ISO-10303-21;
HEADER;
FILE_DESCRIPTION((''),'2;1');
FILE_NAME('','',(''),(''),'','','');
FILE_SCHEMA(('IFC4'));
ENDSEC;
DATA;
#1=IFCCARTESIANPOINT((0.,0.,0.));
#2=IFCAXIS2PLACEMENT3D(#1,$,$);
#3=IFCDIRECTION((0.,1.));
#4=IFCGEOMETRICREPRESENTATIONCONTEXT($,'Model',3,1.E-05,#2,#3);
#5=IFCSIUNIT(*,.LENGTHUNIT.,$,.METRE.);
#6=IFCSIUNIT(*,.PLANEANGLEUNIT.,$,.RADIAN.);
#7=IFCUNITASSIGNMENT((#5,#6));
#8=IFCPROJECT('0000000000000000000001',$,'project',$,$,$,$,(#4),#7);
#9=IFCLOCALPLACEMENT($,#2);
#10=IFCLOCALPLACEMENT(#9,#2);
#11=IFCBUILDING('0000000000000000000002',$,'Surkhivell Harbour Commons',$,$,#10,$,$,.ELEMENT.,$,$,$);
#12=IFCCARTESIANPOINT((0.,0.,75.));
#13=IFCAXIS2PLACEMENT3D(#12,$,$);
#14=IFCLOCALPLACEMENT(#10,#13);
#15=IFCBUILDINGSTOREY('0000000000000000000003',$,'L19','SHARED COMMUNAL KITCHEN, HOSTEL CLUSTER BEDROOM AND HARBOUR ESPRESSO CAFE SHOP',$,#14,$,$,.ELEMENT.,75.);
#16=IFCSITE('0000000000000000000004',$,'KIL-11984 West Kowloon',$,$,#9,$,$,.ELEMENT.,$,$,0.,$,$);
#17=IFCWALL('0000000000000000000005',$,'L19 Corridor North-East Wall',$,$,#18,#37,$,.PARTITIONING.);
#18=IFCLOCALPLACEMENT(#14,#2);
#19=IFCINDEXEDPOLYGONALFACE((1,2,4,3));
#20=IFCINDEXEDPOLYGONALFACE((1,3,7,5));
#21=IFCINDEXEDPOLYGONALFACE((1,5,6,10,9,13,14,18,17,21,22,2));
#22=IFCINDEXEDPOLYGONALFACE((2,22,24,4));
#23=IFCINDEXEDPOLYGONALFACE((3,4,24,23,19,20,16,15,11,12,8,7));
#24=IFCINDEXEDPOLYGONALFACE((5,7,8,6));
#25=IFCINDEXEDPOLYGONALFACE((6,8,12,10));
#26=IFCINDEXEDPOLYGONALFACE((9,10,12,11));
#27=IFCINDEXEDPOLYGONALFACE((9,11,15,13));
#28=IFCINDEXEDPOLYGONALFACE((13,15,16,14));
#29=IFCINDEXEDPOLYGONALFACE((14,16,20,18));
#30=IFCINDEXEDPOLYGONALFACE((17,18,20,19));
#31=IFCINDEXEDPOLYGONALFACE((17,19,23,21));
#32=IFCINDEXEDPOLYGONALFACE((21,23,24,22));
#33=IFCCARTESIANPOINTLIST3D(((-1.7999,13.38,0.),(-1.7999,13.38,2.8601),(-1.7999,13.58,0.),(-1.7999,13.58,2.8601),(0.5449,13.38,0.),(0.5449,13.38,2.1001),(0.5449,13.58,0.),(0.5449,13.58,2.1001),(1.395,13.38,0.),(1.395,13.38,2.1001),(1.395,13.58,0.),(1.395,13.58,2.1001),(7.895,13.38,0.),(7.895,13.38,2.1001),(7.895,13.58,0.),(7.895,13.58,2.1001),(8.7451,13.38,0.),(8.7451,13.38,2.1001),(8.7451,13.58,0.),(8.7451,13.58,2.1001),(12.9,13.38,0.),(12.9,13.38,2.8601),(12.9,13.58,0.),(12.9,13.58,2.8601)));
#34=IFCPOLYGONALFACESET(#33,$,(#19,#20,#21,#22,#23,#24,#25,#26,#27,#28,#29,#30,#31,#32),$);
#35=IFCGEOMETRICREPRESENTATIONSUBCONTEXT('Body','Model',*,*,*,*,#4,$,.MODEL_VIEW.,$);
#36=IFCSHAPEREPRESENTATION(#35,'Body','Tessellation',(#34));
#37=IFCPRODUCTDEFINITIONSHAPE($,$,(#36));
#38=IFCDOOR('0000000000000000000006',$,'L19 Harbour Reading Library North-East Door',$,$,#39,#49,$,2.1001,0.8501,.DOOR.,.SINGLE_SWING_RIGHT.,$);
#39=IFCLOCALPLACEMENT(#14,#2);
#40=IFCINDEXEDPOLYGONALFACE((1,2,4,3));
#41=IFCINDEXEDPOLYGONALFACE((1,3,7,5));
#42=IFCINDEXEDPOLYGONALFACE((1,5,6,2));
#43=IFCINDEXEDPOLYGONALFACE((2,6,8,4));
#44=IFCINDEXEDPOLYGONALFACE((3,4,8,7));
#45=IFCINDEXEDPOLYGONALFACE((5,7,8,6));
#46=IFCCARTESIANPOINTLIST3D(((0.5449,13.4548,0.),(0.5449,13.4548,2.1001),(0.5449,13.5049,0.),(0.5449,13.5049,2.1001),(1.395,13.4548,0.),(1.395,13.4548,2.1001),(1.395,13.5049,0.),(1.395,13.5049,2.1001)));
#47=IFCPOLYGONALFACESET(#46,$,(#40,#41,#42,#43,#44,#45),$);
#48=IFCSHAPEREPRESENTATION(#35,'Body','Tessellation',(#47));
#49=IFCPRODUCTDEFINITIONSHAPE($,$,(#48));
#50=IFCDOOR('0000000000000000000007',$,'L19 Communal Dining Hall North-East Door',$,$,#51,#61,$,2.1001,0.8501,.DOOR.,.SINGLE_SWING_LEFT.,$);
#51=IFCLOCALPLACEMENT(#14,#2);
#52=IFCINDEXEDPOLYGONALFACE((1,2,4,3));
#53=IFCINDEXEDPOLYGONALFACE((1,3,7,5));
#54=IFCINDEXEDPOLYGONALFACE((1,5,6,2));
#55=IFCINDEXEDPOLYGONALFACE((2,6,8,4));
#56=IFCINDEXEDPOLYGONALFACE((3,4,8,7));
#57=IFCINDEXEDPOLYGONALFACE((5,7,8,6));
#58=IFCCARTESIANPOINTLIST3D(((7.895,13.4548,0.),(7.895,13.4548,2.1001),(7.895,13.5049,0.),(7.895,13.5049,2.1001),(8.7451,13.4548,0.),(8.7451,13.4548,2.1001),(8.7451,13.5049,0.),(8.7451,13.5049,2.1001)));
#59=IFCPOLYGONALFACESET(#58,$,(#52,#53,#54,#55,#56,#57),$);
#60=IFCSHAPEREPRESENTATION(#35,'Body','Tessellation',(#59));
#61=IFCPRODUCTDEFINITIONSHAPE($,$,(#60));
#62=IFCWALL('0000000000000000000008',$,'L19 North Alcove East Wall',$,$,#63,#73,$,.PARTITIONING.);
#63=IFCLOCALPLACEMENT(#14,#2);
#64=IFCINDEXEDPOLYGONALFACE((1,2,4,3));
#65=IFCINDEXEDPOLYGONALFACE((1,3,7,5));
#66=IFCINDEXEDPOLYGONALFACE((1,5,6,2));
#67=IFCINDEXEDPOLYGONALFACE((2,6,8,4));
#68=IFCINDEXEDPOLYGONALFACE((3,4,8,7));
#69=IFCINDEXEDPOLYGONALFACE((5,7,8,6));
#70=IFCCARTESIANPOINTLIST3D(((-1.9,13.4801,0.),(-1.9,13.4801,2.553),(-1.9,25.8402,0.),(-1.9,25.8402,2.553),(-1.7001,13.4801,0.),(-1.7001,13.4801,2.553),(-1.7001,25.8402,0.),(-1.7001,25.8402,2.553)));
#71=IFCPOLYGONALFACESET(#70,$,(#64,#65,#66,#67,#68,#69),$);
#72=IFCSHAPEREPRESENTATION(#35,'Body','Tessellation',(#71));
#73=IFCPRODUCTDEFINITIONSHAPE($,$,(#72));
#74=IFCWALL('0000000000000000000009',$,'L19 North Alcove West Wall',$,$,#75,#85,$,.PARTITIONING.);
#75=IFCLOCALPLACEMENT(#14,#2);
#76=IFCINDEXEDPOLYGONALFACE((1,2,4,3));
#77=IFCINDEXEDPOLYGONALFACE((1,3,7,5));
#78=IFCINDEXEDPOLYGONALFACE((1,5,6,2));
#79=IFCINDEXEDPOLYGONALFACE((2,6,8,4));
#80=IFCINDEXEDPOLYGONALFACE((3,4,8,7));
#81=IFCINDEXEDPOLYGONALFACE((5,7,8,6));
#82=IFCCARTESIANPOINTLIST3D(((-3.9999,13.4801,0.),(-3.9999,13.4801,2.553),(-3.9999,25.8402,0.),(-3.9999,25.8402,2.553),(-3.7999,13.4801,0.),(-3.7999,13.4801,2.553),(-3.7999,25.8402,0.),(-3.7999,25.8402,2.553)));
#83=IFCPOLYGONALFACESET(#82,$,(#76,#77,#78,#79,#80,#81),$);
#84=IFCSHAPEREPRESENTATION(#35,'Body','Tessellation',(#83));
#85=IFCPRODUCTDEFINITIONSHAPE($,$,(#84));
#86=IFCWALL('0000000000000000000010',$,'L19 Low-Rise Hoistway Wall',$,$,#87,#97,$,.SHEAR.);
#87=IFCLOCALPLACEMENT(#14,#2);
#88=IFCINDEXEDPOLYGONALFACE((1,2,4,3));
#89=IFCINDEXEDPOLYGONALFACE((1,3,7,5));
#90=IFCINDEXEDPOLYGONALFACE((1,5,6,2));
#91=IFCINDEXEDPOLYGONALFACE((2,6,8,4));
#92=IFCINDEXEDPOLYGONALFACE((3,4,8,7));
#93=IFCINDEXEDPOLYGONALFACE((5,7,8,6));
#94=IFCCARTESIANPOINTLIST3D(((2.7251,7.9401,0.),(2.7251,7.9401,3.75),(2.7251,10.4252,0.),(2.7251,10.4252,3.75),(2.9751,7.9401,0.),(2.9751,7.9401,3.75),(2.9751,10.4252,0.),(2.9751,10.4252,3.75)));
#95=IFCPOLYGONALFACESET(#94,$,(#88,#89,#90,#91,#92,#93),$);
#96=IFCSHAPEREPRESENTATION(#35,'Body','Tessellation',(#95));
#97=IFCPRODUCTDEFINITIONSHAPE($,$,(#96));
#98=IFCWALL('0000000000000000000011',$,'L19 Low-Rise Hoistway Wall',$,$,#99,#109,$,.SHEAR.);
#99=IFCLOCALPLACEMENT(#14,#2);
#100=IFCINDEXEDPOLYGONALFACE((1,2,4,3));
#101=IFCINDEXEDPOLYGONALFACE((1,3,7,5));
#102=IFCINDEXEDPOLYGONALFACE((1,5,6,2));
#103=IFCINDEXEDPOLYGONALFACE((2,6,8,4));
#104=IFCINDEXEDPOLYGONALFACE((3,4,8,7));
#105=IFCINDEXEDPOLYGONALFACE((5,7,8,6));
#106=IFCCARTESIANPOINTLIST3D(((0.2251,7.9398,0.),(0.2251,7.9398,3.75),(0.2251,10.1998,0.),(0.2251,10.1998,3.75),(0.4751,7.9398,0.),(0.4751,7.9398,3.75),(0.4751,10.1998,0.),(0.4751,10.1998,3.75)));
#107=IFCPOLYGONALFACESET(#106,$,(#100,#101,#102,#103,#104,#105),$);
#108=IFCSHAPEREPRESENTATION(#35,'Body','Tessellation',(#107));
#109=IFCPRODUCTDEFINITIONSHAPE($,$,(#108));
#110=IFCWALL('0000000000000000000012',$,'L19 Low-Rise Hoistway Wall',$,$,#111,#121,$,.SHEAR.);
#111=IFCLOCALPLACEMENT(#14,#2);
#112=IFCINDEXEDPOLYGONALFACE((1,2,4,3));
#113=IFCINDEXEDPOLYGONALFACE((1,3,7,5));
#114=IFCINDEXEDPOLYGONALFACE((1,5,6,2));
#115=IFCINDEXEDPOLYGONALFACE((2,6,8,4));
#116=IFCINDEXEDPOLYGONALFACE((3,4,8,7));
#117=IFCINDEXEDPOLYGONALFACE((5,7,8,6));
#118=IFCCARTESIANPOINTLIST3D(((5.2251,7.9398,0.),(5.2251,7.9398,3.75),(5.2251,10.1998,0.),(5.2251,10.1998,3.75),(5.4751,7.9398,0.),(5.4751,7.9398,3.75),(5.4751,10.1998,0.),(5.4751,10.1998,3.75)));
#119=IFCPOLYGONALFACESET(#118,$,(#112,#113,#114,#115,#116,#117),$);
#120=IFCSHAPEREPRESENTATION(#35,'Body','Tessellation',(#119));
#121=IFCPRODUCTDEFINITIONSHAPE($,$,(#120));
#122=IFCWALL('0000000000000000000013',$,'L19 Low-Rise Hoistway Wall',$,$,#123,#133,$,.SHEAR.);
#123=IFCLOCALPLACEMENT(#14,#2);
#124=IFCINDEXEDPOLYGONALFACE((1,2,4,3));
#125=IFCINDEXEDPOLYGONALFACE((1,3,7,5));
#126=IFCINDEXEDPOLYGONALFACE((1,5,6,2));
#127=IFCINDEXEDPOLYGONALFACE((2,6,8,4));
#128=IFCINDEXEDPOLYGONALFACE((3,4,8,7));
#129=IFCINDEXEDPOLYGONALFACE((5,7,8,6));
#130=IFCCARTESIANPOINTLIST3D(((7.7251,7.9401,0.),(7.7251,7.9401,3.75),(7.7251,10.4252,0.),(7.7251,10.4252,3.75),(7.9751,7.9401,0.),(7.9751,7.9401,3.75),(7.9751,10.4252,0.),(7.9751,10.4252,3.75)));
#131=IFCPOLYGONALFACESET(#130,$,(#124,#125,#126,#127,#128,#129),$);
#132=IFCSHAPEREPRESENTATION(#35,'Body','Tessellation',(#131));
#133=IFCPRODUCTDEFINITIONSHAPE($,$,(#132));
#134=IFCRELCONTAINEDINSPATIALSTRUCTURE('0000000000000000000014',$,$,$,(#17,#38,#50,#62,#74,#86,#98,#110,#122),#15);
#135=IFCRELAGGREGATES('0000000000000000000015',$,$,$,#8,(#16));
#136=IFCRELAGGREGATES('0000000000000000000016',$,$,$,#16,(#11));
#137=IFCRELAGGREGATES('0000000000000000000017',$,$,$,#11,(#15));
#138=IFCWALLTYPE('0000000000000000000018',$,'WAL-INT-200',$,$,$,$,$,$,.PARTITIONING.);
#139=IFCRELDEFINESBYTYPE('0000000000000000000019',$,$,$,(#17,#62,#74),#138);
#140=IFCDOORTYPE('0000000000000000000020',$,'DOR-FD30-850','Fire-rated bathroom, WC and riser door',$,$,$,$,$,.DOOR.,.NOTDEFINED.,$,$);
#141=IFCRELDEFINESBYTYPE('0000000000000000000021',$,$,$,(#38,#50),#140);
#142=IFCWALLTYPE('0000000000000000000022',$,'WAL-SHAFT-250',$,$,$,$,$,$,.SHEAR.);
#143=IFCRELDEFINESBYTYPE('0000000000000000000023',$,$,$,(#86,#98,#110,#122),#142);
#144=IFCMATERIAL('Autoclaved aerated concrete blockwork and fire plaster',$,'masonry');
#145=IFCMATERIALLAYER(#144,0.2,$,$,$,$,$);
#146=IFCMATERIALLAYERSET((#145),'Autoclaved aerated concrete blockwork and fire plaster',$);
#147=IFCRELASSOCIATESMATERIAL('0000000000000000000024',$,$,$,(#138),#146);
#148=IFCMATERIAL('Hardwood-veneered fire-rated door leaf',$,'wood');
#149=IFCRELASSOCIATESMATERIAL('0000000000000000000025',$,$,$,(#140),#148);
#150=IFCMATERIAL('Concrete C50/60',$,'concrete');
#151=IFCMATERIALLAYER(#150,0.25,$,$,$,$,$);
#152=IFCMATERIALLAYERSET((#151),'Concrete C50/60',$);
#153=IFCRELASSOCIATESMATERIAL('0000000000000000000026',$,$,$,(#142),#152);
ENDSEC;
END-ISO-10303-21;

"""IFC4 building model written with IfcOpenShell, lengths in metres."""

from ifc_helpers import new_model, si_unit, direction, frame, frame_2d, origin, place, context, subcontext, project, spatial, rectangle, extrude, material, layer, layer_set, type_object, element, fill, save


model = new_model("IFC4")

# Units and contexts
model_context = context("Model", 3, precision=1e-05, world=origin(), true_north=direction((0.0, 1.0)))
body_context = subcontext(model_context, "Body", "Model", "MODEL_VIEW")
ifc_project = project(units=[si_unit("LENGTHUNIT", "METRE"), si_unit("PLANEANGLEUNIT", "RADIAN")], contexts=[model_context])

# Site, building, storey
site_placement = place(None, origin())
site = spatial("IfcSite", under=ifc_project, at=site_placement, Name="KIL-11984 West Kowloon", CompositionType="ELEMENT", RefElevation=0.0)
building_placement = place(site_placement, origin())
building = spatial("IfcBuilding", under=site, at=building_placement, Name="Surkhivell Harbour Commons", CompositionType="ELEMENT")
storey_placement = place(building_placement, frame((0.0, 0.0, 75.0)))
storey = spatial("IfcBuildingStorey", under=building, at=storey_placement, Name="L19", Description="SHARED COMMUNAL KITCHEN, HOSTEL CLUSTER BEDROOM AND HARBOUR ESPRESSO CAFE SHOP", CompositionType="ELEMENT", Elevation=75.0)

# Wall, openings, doors
ifc_material_1 = material(Name="Autoclaved aerated concrete blockwork and fire plaster", Category="masonry")
ifc_layer_1 = layer(ifc_material_1, 0.2)
ifc_layer_set_1 = layer_set([ifc_layer_1], Name="Autoclaved aerated concrete blockwork and fire plaster")
wall_type_1 = type_object("IfcWallType", Name="WAL-INT-200", PredefinedType="PARTITIONING", material=ifc_layer_set_1)
wall_1_placement = place(storey_placement, frame((-1.8, 13.48, 0.0), z_axis=(0.0, 0.0, 1.0), x_axis=(1.0, 0.0, 0.0)))
wall_1 = element("IfcWall", 1, at=wall_1_placement, inside=storey, type_object=wall_type_1, Name="L19 Corridor North-East Wall", PredefinedType="PARTITIONING", context=body_context, shape_type="SweptSolid", body=[
    extrude(rectangle(XDim=14.7, YDim=0.2, at=frame_2d((7.3501, 0.0))), origin(), (0.0, 0.0, 1.0), 2.8601),
])
opening_1_placement = place(wall_1_placement, frame((2.345, 0.0, 0.0)))
opening_1 = element("IfcOpeningElement", 2, at=opening_1_placement, cuts=wall_1, PredefinedType="OPENING", context=body_context, shape_type="SweptSolid", body=[
    extrude(rectangle(XDim=0.8501, YDim=2.1001, at=frame_2d((0.425, 1.05))), frame((0.0, 0.1099, 0.0), z_axis=(0.0, -1.0, 0.0), x_axis=(1.0, 0.0, 0.0)), (0.0, 0.0, 1.0), 0.22),
])
opening_2_placement = place(wall_1_placement, frame((9.6951, 0.0, 0.0)))
opening_2 = element("IfcOpeningElement", 3, at=opening_2_placement, cuts=wall_1, PredefinedType="OPENING", context=body_context, shape_type="SweptSolid", body=[
    extrude(rectangle(XDim=0.8501, YDim=2.1001, at=frame_2d((0.425, 1.05))), frame((0.0, 0.1099, 0.0), z_axis=(0.0, -1.0, 0.0), x_axis=(1.0, 0.0, 0.0)), (0.0, 0.0, 1.0), 0.22),
])
ifc_material_2 = material(Name="Hardwood-veneered fire-rated door leaf", Category="wood")
door_type_1 = type_object("IfcDoorType", Name="DOR-FD30-850", Description="Fire-rated bathroom, WC and riser door", OperationType="NOTDEFINED", PredefinedType="DOOR", material=ifc_material_2)
door_1_placement = place(opening_1_placement, origin())
door_1 = element("IfcDoor", 4, at=door_1_placement, inside=storey, type_object=door_type_1, Name="L19 Harbour Reading Library North-East Door", OperationType="SINGLE_SWING_RIGHT", OverallHeight=2.1001, OverallWidth=0.8501, PredefinedType="DOOR", context=body_context, shape_type="SweptSolid", body=[
    extrude(rectangle(XDim=0.8501, YDim=2.1001, at=frame_2d((0.425, 1.05))), frame((0.0, 0.0249, 0.0), z_axis=(0.0, -1.0, 0.0), x_axis=(1.0, 0.0, 0.0)), (0.0, 0.0, 1.0), 0.05),
])
fill(opening_1, door_1)
door_2_placement = place(opening_2_placement, origin())
door_2 = element("IfcDoor", 5, at=door_2_placement, inside=storey, type_object=door_type_1, Name="L19 Communal Dining Hall North-East Door", OperationType="SINGLE_SWING_LEFT", OverallHeight=2.1001, OverallWidth=0.8501, PredefinedType="DOOR", context=body_context, shape_type="SweptSolid", body=[
    extrude(rectangle(XDim=0.8501, YDim=2.1001, at=frame_2d((0.425, 1.05))), frame((0.0, 0.0249, 0.0), z_axis=(0.0, -1.0, 0.0), x_axis=(1.0, 0.0, 0.0)), (0.0, 0.0, 1.0), 0.05),
])
fill(opening_2, door_2)

# Walls
for number, where, z_axis, x_axis, name in (
    (6, (-1.8, 13.48, 0.0), (0.0, 0.0, 1.0), (0.0, 1.0, 0.0), "L19 North Alcove East Wall"),
    (7, (-3.8999, 13.48, 0.0), (0.0, 0.0, 1.0), (0.0, 1.0, 0.0), "L19 North Alcove West Wall"),
):
    element("IfcWall", number, at=place(storey_placement, frame(where, z_axis=z_axis, x_axis=x_axis)), inside=storey, type_object=wall_type_1, Name=name, PredefinedType="PARTITIONING", context=body_context, shape_type="SweptSolid", body=[
        extrude(rectangle(XDim=12.3601, YDim=0.2, at=frame_2d((6.1802, 0.0))), origin(), (0.0, 0.0, 1.0), 2.553),
    ])
ifc_material_3 = material(Name="Concrete C50/60", Category="concrete")
ifc_layer_2 = layer(ifc_material_3, 0.25)
ifc_layer_set_2 = layer_set([ifc_layer_2], Name="Concrete C50/60")
wall_type_2 = type_object("IfcWallType", Name="WAL-SHAFT-250", PredefinedType="SHEAR", material=ifc_layer_set_2)
wall_2_placement = place(storey_placement, frame((2.8501, 7.9399, 0.0), z_axis=(0.0, 0.0, 1.0), x_axis=(0.0, 1.0, 0.0)))
element("IfcWall", 8, at=wall_2_placement, inside=storey, type_object=wall_type_2, Name="L19 Low-Rise Hoistway Wall", PredefinedType="SHEAR", context=body_context, shape_type="SweptSolid", body=[
    extrude(rectangle(XDim=2.4851, YDim=0.25, at=frame_2d((1.2427, 0.0))), origin(), (0.0, 0.0, 1.0), 3.75),
])
for number, where, z_axis, x_axis, name in (
    (9, (0.3501, 7.9399, 0.0), (0.0, 0.0, 1.0), (0.0, 1.0, 0.0), "L19 Low-Rise Hoistway Wall"),
    (10, (5.3501, 7.9399, 0.0), (0.0, 0.0, 1.0), (0.0, 1.0, 0.0), "L19 Low-Rise Hoistway Wall"),
):
    element("IfcWall", number, at=place(storey_placement, frame(where, z_axis=z_axis, x_axis=x_axis)), inside=storey, type_object=wall_type_2, Name=name, PredefinedType="SHEAR", context=body_context, shape_type="SweptSolid", body=[
        extrude(rectangle(XDim=2.26, YDim=0.25, at=frame_2d((1.1299, 0.0))), origin(), (0.0, 0.0, 1.0), 3.75),
    ])
wall_3_placement = place(storey_placement, frame((7.8501, 7.9399, 0.0), z_axis=(0.0, 0.0, 1.0), x_axis=(0.0, 1.0, 0.0)))
element("IfcWall", 11, at=wall_3_placement, inside=storey, type_object=wall_type_2, Name="L19 Low-Rise Hoistway Wall", PredefinedType="SHEAR", context=body_context, shape_type="SweptSolid", body=[
    extrude(rectangle(XDim=2.4851, YDim=0.25, at=frame_2d((1.2427, 0.0))), origin(), (0.0, 0.0, 1.0), 3.75),
])

save(model, "model.ifc")
